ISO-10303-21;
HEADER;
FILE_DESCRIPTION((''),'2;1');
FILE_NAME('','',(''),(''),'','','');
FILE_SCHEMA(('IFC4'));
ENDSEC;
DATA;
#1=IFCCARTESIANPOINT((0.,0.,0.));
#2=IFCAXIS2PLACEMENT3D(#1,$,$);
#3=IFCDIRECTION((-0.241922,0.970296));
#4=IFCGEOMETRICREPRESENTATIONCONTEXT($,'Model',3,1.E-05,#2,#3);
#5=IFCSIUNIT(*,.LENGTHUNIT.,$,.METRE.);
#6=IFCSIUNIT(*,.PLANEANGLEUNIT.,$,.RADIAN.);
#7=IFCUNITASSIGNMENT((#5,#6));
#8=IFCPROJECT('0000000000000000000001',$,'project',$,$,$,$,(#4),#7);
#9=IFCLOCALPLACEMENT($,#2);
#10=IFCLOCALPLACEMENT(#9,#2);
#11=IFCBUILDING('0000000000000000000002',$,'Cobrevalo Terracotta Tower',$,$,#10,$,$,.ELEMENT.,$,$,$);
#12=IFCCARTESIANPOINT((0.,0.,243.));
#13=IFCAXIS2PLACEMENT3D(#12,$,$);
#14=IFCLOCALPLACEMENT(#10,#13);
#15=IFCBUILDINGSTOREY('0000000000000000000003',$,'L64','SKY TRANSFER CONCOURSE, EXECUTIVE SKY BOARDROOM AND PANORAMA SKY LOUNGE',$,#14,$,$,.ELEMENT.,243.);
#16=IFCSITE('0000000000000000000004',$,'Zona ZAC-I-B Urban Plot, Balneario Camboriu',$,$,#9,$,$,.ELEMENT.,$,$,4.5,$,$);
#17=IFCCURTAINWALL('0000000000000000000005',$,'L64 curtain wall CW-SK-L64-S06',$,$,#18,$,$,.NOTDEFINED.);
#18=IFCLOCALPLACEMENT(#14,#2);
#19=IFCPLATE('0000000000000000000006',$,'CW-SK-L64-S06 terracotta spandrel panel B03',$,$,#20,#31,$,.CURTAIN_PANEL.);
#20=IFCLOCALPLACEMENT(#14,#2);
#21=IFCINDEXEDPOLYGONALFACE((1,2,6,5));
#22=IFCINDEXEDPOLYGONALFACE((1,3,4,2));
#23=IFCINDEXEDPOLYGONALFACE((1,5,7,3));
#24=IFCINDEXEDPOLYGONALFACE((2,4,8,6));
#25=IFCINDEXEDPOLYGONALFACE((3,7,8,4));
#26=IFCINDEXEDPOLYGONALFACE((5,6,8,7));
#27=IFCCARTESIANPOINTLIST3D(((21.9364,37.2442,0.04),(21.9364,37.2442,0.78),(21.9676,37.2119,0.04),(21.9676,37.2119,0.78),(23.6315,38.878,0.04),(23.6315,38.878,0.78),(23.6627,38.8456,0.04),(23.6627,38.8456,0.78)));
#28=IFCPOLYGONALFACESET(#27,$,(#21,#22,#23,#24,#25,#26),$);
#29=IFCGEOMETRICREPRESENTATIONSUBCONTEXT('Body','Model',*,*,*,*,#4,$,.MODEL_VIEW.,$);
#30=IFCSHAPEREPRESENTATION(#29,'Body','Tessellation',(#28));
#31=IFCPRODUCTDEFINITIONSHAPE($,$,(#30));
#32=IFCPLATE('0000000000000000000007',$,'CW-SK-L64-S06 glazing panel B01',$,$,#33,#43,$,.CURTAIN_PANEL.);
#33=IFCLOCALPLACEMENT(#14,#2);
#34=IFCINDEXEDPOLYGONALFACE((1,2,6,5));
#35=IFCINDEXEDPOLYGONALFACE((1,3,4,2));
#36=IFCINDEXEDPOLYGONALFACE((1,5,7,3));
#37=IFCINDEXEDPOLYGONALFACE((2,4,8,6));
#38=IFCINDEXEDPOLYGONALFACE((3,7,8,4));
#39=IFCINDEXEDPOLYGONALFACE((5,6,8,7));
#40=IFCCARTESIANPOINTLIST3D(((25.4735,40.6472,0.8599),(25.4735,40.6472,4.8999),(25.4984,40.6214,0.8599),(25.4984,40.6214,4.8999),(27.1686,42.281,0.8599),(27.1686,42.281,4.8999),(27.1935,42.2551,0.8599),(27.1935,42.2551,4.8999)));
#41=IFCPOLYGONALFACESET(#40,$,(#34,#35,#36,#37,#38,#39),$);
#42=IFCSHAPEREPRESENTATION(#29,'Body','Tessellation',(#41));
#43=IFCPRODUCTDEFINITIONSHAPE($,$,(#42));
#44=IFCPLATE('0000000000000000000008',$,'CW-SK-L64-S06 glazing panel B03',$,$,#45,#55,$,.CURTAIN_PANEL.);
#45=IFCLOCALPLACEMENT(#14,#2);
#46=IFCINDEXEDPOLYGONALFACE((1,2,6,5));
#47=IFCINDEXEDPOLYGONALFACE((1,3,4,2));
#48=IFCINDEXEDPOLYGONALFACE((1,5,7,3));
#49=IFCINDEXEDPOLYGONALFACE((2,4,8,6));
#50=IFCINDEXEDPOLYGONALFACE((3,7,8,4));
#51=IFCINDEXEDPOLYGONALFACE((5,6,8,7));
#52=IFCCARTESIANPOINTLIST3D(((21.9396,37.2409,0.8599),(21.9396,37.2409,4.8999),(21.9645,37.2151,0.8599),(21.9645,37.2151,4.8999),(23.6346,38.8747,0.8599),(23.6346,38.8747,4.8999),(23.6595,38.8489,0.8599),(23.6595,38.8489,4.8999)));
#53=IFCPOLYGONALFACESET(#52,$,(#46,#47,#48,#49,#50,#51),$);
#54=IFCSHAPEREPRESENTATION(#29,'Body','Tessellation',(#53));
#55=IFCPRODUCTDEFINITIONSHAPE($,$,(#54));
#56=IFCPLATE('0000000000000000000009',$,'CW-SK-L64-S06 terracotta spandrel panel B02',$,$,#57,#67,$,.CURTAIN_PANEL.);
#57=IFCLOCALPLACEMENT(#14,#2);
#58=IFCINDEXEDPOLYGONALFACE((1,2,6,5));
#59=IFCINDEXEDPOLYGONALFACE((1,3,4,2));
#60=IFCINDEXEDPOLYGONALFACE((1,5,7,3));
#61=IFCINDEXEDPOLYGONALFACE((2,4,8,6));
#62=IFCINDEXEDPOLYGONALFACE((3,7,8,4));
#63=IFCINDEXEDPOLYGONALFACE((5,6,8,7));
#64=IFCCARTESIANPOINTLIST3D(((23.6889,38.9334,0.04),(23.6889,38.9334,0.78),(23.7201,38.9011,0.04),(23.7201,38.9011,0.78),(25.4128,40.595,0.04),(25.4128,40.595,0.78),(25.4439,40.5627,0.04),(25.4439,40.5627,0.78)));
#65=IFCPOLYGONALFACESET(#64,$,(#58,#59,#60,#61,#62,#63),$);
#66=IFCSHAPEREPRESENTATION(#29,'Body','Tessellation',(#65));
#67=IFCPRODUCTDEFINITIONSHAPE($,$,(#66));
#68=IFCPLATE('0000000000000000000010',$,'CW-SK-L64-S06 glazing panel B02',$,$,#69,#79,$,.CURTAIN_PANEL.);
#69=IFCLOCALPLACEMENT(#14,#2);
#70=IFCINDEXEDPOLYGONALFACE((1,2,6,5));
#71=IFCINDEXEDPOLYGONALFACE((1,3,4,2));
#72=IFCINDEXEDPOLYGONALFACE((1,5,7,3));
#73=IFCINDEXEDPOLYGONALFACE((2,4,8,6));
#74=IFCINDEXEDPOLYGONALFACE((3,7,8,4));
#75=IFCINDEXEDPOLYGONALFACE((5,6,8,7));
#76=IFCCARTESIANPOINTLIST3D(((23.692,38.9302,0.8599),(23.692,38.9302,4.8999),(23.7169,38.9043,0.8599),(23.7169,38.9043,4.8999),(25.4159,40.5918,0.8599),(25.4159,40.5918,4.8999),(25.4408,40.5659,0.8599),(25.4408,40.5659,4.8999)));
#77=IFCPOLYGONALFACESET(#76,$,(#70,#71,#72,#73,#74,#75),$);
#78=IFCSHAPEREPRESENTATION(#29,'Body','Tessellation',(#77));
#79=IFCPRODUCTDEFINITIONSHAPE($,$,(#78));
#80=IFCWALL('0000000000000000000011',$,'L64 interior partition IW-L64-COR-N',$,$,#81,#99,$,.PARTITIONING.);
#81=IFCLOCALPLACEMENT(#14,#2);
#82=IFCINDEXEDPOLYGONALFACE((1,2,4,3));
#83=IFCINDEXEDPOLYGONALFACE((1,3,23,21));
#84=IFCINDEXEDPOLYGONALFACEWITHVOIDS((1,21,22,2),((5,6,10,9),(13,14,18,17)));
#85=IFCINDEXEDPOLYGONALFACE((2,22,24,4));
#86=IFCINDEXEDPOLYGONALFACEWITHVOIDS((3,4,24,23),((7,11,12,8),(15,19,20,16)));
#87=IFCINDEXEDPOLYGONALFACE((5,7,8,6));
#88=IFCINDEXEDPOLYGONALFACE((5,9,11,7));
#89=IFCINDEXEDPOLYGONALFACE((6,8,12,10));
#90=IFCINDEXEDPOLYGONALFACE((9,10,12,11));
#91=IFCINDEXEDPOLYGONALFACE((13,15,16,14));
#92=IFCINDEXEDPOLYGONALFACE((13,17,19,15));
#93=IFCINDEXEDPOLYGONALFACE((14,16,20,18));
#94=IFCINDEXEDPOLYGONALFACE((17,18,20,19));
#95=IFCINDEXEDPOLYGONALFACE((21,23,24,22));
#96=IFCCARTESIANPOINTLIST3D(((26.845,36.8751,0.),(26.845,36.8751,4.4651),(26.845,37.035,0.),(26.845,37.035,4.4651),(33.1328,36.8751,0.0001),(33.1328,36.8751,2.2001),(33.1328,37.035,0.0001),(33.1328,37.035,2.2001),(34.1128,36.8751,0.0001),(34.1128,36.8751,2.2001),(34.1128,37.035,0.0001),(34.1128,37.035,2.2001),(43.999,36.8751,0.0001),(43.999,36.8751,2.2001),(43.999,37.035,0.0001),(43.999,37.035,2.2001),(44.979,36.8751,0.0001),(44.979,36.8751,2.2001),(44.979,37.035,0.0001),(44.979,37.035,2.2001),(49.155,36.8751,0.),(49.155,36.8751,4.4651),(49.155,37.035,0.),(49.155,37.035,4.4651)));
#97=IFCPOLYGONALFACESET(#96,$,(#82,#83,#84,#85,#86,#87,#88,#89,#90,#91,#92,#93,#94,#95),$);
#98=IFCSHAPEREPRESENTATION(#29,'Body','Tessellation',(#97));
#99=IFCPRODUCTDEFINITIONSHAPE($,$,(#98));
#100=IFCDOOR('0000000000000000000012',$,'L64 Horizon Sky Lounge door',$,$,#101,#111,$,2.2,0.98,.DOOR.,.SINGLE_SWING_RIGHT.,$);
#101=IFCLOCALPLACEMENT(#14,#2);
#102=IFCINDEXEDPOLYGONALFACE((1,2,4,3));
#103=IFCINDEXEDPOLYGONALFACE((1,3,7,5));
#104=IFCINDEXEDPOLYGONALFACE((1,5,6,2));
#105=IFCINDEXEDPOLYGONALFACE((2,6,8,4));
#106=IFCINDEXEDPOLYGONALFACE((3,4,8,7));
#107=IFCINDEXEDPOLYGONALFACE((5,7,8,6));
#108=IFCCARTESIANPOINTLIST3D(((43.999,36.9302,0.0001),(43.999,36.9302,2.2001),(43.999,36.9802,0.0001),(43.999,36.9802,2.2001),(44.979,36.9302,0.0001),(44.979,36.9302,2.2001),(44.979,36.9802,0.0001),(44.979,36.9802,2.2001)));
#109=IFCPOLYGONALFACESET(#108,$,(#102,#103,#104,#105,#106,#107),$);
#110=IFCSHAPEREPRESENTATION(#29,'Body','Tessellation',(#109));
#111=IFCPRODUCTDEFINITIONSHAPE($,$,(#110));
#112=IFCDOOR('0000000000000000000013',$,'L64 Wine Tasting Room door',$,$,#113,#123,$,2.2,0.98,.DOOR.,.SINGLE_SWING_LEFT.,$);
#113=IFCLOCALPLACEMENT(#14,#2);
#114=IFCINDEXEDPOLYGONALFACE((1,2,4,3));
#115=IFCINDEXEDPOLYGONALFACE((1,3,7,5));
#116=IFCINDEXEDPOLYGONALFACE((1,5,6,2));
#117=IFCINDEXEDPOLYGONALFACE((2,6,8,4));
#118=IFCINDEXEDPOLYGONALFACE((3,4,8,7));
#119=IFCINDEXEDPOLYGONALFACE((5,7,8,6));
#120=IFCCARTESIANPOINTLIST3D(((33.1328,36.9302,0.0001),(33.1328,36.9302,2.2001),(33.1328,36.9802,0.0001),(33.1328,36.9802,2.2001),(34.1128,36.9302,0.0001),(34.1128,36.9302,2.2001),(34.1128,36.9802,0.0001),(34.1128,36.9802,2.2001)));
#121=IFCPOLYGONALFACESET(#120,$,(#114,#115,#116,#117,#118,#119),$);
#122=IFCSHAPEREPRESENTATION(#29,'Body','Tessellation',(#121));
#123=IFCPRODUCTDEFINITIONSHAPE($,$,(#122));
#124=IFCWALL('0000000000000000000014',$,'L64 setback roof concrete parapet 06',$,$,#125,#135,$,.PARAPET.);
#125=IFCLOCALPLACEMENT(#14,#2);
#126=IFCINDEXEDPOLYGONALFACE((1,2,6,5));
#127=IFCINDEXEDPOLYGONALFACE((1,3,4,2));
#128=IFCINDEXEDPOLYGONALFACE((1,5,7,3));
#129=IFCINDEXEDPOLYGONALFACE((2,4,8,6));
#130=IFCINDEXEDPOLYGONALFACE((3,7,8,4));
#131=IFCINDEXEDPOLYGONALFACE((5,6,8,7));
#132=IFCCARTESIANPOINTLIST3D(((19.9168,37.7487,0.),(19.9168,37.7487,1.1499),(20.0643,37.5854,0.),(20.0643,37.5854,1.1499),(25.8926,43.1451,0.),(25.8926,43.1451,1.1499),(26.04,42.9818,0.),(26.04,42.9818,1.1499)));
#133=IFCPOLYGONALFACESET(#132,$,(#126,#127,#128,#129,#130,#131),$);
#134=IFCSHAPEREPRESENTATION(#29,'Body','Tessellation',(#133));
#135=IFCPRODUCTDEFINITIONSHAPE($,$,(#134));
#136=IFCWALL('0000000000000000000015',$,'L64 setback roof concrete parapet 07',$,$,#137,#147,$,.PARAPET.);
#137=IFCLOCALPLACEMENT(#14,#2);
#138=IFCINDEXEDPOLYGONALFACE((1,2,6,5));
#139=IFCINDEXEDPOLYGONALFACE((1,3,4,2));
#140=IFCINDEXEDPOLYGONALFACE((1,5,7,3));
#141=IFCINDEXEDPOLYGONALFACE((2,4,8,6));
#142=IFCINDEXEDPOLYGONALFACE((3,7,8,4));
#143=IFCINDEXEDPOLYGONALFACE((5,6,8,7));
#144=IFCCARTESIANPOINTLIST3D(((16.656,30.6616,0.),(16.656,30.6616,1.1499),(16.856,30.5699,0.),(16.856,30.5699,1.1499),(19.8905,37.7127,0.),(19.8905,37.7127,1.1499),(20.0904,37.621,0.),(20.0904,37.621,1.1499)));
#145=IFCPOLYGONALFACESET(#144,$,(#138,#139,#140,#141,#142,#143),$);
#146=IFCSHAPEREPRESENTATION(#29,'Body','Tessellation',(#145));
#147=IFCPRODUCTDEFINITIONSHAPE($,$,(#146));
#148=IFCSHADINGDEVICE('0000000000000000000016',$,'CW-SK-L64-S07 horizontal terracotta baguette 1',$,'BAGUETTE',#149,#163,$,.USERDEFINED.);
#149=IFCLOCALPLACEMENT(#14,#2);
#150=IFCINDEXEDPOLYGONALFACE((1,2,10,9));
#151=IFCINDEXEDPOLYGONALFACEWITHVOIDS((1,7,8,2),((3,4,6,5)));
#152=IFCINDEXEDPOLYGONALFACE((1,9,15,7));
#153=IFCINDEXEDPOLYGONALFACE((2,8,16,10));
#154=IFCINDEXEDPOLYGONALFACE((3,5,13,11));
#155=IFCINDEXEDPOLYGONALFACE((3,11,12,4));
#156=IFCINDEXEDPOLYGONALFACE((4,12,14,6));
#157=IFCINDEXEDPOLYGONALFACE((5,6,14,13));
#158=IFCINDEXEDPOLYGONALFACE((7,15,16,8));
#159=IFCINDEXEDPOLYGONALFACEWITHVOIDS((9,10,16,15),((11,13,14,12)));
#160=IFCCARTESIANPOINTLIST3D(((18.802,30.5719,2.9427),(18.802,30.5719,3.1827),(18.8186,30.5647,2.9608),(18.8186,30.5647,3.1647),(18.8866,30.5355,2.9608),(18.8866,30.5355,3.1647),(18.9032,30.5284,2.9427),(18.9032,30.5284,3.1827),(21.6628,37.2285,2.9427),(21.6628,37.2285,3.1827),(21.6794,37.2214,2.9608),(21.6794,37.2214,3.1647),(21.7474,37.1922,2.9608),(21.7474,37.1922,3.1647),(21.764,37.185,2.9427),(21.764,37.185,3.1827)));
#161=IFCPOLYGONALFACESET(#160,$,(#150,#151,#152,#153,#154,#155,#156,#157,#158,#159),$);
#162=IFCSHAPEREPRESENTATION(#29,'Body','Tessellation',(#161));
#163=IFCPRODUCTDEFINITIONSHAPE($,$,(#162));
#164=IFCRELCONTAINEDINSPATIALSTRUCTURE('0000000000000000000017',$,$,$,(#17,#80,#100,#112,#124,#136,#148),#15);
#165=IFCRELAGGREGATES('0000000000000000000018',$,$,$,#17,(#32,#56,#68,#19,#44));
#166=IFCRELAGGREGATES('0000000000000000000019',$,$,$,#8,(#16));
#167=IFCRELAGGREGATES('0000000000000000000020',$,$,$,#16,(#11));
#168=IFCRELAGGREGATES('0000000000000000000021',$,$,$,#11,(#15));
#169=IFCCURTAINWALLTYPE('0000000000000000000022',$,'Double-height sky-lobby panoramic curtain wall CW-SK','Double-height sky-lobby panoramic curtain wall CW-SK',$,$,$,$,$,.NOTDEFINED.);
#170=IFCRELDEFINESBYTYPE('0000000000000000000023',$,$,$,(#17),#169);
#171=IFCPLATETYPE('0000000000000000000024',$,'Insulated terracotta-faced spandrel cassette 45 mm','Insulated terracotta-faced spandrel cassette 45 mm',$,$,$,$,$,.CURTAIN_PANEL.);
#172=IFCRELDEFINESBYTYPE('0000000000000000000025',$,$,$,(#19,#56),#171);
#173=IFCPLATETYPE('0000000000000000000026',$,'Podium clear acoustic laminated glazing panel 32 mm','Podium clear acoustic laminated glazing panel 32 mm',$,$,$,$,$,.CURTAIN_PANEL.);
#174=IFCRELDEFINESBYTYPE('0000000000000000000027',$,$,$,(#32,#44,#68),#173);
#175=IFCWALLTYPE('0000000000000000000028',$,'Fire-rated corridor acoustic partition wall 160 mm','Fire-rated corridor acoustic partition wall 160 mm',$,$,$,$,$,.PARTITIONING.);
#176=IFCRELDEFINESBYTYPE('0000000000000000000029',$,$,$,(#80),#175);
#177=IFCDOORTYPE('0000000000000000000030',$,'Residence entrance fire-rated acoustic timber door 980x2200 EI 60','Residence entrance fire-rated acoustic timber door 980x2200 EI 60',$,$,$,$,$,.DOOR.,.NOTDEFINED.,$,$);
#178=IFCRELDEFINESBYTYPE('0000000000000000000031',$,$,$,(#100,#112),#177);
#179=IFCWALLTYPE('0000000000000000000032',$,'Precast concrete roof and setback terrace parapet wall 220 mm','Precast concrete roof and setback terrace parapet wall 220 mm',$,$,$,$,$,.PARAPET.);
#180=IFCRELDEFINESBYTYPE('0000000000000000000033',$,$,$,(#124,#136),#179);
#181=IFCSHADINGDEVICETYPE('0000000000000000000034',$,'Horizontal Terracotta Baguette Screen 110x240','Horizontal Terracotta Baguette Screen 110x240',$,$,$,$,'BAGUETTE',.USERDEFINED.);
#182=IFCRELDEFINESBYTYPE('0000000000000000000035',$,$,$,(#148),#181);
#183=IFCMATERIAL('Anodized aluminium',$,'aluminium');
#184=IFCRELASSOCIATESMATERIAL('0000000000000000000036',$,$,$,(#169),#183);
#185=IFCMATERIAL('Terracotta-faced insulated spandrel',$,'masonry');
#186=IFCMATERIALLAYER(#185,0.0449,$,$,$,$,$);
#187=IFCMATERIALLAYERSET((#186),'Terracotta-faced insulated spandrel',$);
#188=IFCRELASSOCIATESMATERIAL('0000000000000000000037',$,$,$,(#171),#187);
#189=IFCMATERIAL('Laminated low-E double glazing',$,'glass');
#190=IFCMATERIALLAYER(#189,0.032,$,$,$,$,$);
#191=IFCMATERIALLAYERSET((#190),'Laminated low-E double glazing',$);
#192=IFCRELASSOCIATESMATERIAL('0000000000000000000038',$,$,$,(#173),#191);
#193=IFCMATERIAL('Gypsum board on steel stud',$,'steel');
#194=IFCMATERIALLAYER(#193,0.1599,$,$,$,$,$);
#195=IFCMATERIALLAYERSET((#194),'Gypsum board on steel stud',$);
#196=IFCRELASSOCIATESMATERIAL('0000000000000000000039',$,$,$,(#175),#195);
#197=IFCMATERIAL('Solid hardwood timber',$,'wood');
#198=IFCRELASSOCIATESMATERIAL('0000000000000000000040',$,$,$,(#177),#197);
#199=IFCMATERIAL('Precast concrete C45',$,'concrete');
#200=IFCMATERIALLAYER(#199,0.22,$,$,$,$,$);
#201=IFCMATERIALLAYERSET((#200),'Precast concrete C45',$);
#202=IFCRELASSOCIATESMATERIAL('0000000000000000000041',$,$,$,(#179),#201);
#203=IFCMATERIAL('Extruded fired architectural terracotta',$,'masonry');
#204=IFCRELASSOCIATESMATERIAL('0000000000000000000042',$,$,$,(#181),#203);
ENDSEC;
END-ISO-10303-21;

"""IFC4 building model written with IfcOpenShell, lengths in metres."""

from ifc_helpers import new_model, si_unit, direction, frame, frame_2d, origin, origin_2d, place, context, subcontext, project, spatial, rectangle, hollow_rectangle, extrude, source, transform, mapped, material, layer, layer_set, material_profile, profile_set, type_object, element, fill, aggregate, save


model = new_model("IFC4")

# Units and contexts
model_context = context("Model", 3, precision=1e-05, world=origin(), true_north=direction((-0.241922, 0.970296)))
body_context = subcontext(model_context, "Body", "Model", "MODEL_VIEW")
ifc_project = project(units=[si_unit("LENGTHUNIT", "METRE"), si_unit("PLANEANGLEUNIT", "RADIAN")], contexts=[model_context])

# Site, building, storey
site_placement = place(None, origin())
site = spatial("IfcSite", under=ifc_project, at=site_placement, Name="Zona ZAC-I-B Urban Plot, Balneario Camboriu", CompositionType="ELEMENT", RefElevation=4.5)
building_placement = place(site_placement, origin())
building = spatial("IfcBuilding", under=site, at=building_placement, Name="Cobrevalo Terracotta Tower", CompositionType="ELEMENT")
storey_placement = place(building_placement, frame((0.0, 0.0, 243.0)))
storey = spatial("IfcBuildingStorey", under=building, at=storey_placement, Name="L64", Description="SKY TRANSFER CONCOURSE, EXECUTIVE SKY BOARDROOM AND PANORAMA SKY LOUNGE", CompositionType="ELEMENT", Elevation=243.0)

# Curtain wall
ifc_material_1 = material(Name="Anodized aluminium", Category="aluminium")
curtain_wall_type = type_object("IfcCurtainWallType", Name="Double-height sky-lobby panoramic curtain wall CW-SK", Description="Double-height sky-lobby panoramic curtain wall CW-SK", PredefinedType="NOTDEFINED", material=ifc_material_1)
curtain_wall_1_placement = place(storey_placement, origin())
curtain_wall_1 = element("IfcCurtainWall", 1, at=curtain_wall_1_placement, inside=storey, type_object=curtain_wall_type, Name="L64 curtain wall CW-SK-L64-S06", PredefinedType="NOTDEFINED")

# Plates
ifc_material_2 = material(Name="Terracotta-faced insulated spandrel", Category="masonry")
ifc_layer_1 = layer(ifc_material_2, 0.0449)
ifc_layer_set_1 = layer_set([ifc_layer_1], Name="Terracotta-faced insulated spandrel")
plate_type_1 = type_object("IfcPlateType", Name="Insulated terracotta-faced spandrel cassette 45 mm", Description="Insulated terracotta-faced spandrel cassette 45 mm", PredefinedType="CURTAIN_PANEL", material=ifc_layer_set_1)
shared_shape_1 = source(origin(), body_context, "Body", "SweptSolid", [
    extrude(rectangle(XDim=2.3542, YDim=0.0449, at=origin_2d()), origin(), (0.0, 0.0, 1.0), 0.74),
])
plate_1_placement = place(storey_placement, frame((22.7996, 38.0449, 0.04), z_axis=(0.0, 0.0, 1.0), x_axis=(-0.719997, -0.693978, 0.0)))
plate_1 = element("IfcPlate", 2, at=plate_1_placement, type_object=plate_type_1, Name="CW-SK-L64-S06 terracotta spandrel panel B03", PredefinedType="CURTAIN_PANEL", context=body_context, shape_type="MappedRepresentation", body=[
    mapped(shared_shape_1, transform((0.0, 0.0, 0.0), scale=1.0)),
])
ifc_material_3 = material(Name="Laminated low-E double glazing", Category="glass")
ifc_layer_2 = layer(ifc_material_3, 0.032)
ifc_layer_set_2 = layer_set([ifc_layer_2], Name="Laminated low-E double glazing")
plate_type_2 = type_object("IfcPlateType", Name="Podium clear acoustic laminated glazing panel 32 mm", Description="Podium clear acoustic laminated glazing panel 32 mm", PredefinedType="CURTAIN_PANEL", material=ifc_layer_set_2)
shared_shape_2 = source(origin(), body_context, "Body", "SweptSolid", [
    extrude(rectangle(XDim=2.3542, YDim=0.0359, at=origin_2d()), origin(), (0.0, 0.0, 1.0), 4.04),
])
plate_2_placement = place(storey_placement, frame((26.3335, 41.4512, 0.8599), z_axis=(0.0, 0.0, 1.0), x_axis=(-0.719997, -0.693978, 0.0)))
plate_2 = element("IfcPlate", 3, at=plate_2_placement, type_object=plate_type_2, Name="CW-SK-L64-S06 glazing panel B01", PredefinedType="CURTAIN_PANEL", context=body_context, shape_type="MappedRepresentation", body=[
    mapped(shared_shape_2, transform((0.0, 0.0, 0.0), scale=1.0)),
])
plate_3_placement = place(storey_placement, frame((22.7996, 38.0449, 0.8599), z_axis=(0.0, 0.0, 1.0), x_axis=(-0.719997, -0.693978, 0.0)))
plate_3 = element("IfcPlate", 4, at=plate_3_placement, type_object=plate_type_2, Name="CW-SK-L64-S06 glazing panel B03", PredefinedType="CURTAIN_PANEL", context=body_context, shape_type="MappedRepresentation", body=[
    mapped(shared_shape_2, transform((0.0, 0.0, 0.0), scale=1.0)),
])
shared_shape_3 = source(origin(), body_context, "Body", "SweptSolid", [
    extrude(rectangle(XDim=2.3943, YDim=0.0449, at=origin_2d()), origin(), (0.0, 0.0, 1.0), 0.74),
])
plate_4_placement = place(storey_placement, frame((24.5664, 39.748, 0.04), z_axis=(0.0, 0.0, 1.0), x_axis=(-0.719997, -0.693978, 0.0)))
plate_4 = element("IfcPlate", 5, at=plate_4_placement, type_object=plate_type_1, Name="CW-SK-L64-S06 terracotta spandrel panel B02", PredefinedType="CURTAIN_PANEL", context=body_context, shape_type="MappedRepresentation", body=[
    mapped(shared_shape_3, transform((0.0, 0.0, 0.0), scale=1.0)),
])
shared_shape_4 = source(origin(), body_context, "Body", "SweptSolid", [
    extrude(rectangle(XDim=2.3943, YDim=0.0359, at=origin_2d()), origin(), (0.0, 0.0, 1.0), 4.04),
])
plate_5_placement = place(storey_placement, frame((24.5664, 39.748, 0.8599), z_axis=(0.0, 0.0, 1.0), x_axis=(-0.719997, -0.693978, 0.0)))
plate_5 = element("IfcPlate", 6, at=plate_5_placement, type_object=plate_type_2, Name="CW-SK-L64-S06 glazing panel B02", PredefinedType="CURTAIN_PANEL", context=body_context, shape_type="MappedRepresentation", body=[
    mapped(shared_shape_4, transform((0.0, 0.0, 0.0), scale=1.0)),
])
aggregate(curtain_wall_1, [plate_2, plate_4, plate_5, plate_1, plate_3])

# Wall, openings, doors
ifc_material_4 = material(Name="Gypsum board on steel stud", Category="steel")
ifc_layer_3 = layer(ifc_material_4, 0.1599)
ifc_layer_set_3 = layer_set([ifc_layer_3], Name="Gypsum board on steel stud")
wall_type_1 = type_object("IfcWallType", Name="Fire-rated corridor acoustic partition wall 160 mm", Description="Fire-rated corridor acoustic partition wall 160 mm", PredefinedType="PARTITIONING", material=ifc_layer_set_3)
wall_1_placement = place(storey_placement, frame((26.845, 36.9551, 0.0), z_axis=(0.0, 0.0, 1.0), x_axis=(1.0, 0.0, 0.0)))
wall_1 = element("IfcWall", 7, at=wall_1_placement, inside=storey, type_object=wall_type_1, Name="L64 interior partition IW-L64-COR-N", PredefinedType="PARTITIONING", context=body_context, shape_type="SweptSolid", body=[
    extrude(rectangle(XDim=22.3101, YDim=0.1599, at=frame_2d((11.155, 0.0))), origin(), (0.0, 0.0, 1.0), 4.4651),
])
opening_1_placement = place(wall_1_placement, frame((17.1541, 0.0, 0.0)))
opening_1 = element("IfcOpeningElement", 8, at=opening_1_placement, cuts=wall_1, PredefinedType="OPENING", context=body_context, shape_type="SweptSolid", body=[
    extrude(rectangle(XDim=0.98, YDim=2.2, at=frame_2d((0.49, 1.1001))), frame((0.0, 0.0898, 0.0), z_axis=(0.0, -1.0, 0.0), x_axis=(1.0, 0.0, 0.0)), (0.0, 0.0, 1.0), 0.1799),
])
opening_2_placement = place(wall_1_placement, frame((6.2878, 0.0, 0.0)))
opening_2 = element("IfcOpeningElement", 9, at=opening_2_placement, cuts=wall_1, PredefinedType="OPENING", context=body_context, shape_type="SweptSolid", body=[
    extrude(rectangle(XDim=0.98, YDim=2.2, at=frame_2d((0.49, 1.1001))), frame((0.0, 0.0898, 0.0), z_axis=(0.0, -1.0, 0.0), x_axis=(1.0, 0.0, 0.0)), (0.0, 0.0, 1.0), 0.1799),
])
ifc_material_5 = material(Name="Solid hardwood timber", Category="wood")
door_type = type_object("IfcDoorType", Name="Residence entrance fire-rated acoustic timber door 980x2200 EI 60", Description="Residence entrance fire-rated acoustic timber door 980x2200 EI 60", OperationType="NOTDEFINED", PredefinedType="DOOR", material=ifc_material_5)
shared_shape_5 = source(origin(), body_context, "Body", "SweptSolid", [
    extrude(rectangle(XDim=0.98, YDim=2.2, at=frame_2d((0.49, 1.1001))), frame((0.0, 0.0249, 0.0), z_axis=(0.0, -1.0, 0.0), x_axis=(1.0, 0.0, 0.0)), (0.0, 0.0, 1.0), 0.05),
])
door_1_placement = place(opening_1_placement, frame((0.98, 0.0, 0.0), z_axis=(0.0, 0.0, 1.0), x_axis=(-1.0, 0.0, 0.0)))
door_1 = element("IfcDoor", 10, at=door_1_placement, inside=storey, type_object=door_type, Name="L64 Horizon Sky Lounge door", OperationType="SINGLE_SWING_RIGHT", OverallHeight=2.2, OverallWidth=0.98, PredefinedType="DOOR", context=body_context, shape_type="MappedRepresentation", body=[
    mapped(shared_shape_5, transform((0.0, 0.0, 0.0), scale=1.0)),
])
fill(opening_1, door_1)
door_2_placement = place(opening_2_placement, frame((0.98, 0.0, 0.0), z_axis=(0.0, 0.0, 1.0), x_axis=(-1.0, 0.0, 0.0)))
door_2 = element("IfcDoor", 11, at=door_2_placement, inside=storey, type_object=door_type, Name="L64 Wine Tasting Room door", OperationType="SINGLE_SWING_LEFT", OverallHeight=2.2, OverallWidth=0.98, PredefinedType="DOOR", context=body_context, shape_type="MappedRepresentation", body=[
    mapped(shared_shape_5, transform((0.0, 0.0, 0.0), scale=1.0)),
])
fill(opening_2, door_2)

# Walls
ifc_material_6 = material(Name="Precast concrete C45", Category="concrete")
ifc_layer_4 = layer(ifc_material_6, 0.22)
ifc_layer_set_4 = layer_set([ifc_layer_4], Name="Precast concrete C45")
wall_type_2 = type_object("IfcWallType", Name="Precast concrete roof and setback terrace parapet wall 220 mm", Description="Precast concrete roof and setback terrace parapet wall 220 mm", PredefinedType="PARAPET", material=ifc_layer_set_4)
wall_2_placement = place(storey_placement, frame((25.9663, 43.0635, 0.0), z_axis=(0.0, 0.0, 1.0), x_axis=(-0.742167, -0.670215, 0.0)))
element("IfcWall", 12, at=wall_2_placement, inside=storey, type_object=wall_type_2, Name="L64 setback roof concrete parapet 06", PredefinedType="PARAPET", context=body_context, shape_type="SweptSolid", body=[
    extrude(rectangle(XDim=8.0518, YDim=0.22, at=frame_2d((4.0259, 0.0))), origin(), (0.0, 0.0, 1.0), 1.1499),
])
wall_3_placement = place(storey_placement, frame((19.9905, 37.667, 0.0), z_axis=(0.0, 0.0, 1.0), x_axis=(-0.416938, -0.908935, 0.0)))
element("IfcWall", 13, at=wall_3_placement, inside=storey, type_object=wall_type_2, Name="L64 setback roof concrete parapet 07", PredefinedType="PARAPET", context=body_context, shape_type="SweptSolid", body=[
    extrude(rectangle(XDim=7.7576, YDim=0.22, at=frame_2d((3.8789, 0.0))), origin(), (0.0, 0.0, 1.0), 1.1499),
])

# Shading device
ifc_material_7 = material(Name="Extruded fired architectural terracotta", Category="masonry")
ifc_material_profile_1 = material_profile(ifc_material_7, hollow_rectangle(XDim=0.1101, YDim=0.24, WallThickness=0.0181, at=origin_2d()), Name="BAGUETTE 110x240")
ifc_profile_set_1 = profile_set([ifc_material_profile_1], Name="Extruded fired architectural terracotta")
shading_device_type = type_object("IfcShadingDeviceType", Name="Horizontal Terracotta Baguette Screen 110x240", Description="Horizontal Terracotta Baguette Screen 110x240", ElementType="BAGUETTE", PredefinedType="USERDEFINED", material=ifc_profile_set_1)
shared_shape_6 = source(origin(), body_context, "Body", "SweptSolid", [
    extrude(hollow_rectangle(XDim=0.1101, YDim=0.24, WallThickness=0.0181, at=origin_2d()), origin(), (0.0, 0.0, 1.0), 7.2454),
])
for number, where, z_axis, x_axis, name in (
    (14, (21.7134, 37.2068, 3.0627), (-0.394846, -0.918747, 0.0), (0.918747, -0.394846, 0.0), "CW-SK-L64-S07 horizontal terracotta baguette 1"),
):
    element("IfcShadingDevice", number, at=place(storey_placement, frame(where, z_axis=z_axis, x_axis=x_axis)), inside=storey, type_object=shading_device_type, Name=name, ObjectType="BAGUETTE", PredefinedType="USERDEFINED", context=body_context, shape_type="MappedRepresentation", body=[
        mapped(shared_shape_6, transform((0.0, 0.0, 0.0), scale=1.0)),
    ])

save(model, "model.ifc")
